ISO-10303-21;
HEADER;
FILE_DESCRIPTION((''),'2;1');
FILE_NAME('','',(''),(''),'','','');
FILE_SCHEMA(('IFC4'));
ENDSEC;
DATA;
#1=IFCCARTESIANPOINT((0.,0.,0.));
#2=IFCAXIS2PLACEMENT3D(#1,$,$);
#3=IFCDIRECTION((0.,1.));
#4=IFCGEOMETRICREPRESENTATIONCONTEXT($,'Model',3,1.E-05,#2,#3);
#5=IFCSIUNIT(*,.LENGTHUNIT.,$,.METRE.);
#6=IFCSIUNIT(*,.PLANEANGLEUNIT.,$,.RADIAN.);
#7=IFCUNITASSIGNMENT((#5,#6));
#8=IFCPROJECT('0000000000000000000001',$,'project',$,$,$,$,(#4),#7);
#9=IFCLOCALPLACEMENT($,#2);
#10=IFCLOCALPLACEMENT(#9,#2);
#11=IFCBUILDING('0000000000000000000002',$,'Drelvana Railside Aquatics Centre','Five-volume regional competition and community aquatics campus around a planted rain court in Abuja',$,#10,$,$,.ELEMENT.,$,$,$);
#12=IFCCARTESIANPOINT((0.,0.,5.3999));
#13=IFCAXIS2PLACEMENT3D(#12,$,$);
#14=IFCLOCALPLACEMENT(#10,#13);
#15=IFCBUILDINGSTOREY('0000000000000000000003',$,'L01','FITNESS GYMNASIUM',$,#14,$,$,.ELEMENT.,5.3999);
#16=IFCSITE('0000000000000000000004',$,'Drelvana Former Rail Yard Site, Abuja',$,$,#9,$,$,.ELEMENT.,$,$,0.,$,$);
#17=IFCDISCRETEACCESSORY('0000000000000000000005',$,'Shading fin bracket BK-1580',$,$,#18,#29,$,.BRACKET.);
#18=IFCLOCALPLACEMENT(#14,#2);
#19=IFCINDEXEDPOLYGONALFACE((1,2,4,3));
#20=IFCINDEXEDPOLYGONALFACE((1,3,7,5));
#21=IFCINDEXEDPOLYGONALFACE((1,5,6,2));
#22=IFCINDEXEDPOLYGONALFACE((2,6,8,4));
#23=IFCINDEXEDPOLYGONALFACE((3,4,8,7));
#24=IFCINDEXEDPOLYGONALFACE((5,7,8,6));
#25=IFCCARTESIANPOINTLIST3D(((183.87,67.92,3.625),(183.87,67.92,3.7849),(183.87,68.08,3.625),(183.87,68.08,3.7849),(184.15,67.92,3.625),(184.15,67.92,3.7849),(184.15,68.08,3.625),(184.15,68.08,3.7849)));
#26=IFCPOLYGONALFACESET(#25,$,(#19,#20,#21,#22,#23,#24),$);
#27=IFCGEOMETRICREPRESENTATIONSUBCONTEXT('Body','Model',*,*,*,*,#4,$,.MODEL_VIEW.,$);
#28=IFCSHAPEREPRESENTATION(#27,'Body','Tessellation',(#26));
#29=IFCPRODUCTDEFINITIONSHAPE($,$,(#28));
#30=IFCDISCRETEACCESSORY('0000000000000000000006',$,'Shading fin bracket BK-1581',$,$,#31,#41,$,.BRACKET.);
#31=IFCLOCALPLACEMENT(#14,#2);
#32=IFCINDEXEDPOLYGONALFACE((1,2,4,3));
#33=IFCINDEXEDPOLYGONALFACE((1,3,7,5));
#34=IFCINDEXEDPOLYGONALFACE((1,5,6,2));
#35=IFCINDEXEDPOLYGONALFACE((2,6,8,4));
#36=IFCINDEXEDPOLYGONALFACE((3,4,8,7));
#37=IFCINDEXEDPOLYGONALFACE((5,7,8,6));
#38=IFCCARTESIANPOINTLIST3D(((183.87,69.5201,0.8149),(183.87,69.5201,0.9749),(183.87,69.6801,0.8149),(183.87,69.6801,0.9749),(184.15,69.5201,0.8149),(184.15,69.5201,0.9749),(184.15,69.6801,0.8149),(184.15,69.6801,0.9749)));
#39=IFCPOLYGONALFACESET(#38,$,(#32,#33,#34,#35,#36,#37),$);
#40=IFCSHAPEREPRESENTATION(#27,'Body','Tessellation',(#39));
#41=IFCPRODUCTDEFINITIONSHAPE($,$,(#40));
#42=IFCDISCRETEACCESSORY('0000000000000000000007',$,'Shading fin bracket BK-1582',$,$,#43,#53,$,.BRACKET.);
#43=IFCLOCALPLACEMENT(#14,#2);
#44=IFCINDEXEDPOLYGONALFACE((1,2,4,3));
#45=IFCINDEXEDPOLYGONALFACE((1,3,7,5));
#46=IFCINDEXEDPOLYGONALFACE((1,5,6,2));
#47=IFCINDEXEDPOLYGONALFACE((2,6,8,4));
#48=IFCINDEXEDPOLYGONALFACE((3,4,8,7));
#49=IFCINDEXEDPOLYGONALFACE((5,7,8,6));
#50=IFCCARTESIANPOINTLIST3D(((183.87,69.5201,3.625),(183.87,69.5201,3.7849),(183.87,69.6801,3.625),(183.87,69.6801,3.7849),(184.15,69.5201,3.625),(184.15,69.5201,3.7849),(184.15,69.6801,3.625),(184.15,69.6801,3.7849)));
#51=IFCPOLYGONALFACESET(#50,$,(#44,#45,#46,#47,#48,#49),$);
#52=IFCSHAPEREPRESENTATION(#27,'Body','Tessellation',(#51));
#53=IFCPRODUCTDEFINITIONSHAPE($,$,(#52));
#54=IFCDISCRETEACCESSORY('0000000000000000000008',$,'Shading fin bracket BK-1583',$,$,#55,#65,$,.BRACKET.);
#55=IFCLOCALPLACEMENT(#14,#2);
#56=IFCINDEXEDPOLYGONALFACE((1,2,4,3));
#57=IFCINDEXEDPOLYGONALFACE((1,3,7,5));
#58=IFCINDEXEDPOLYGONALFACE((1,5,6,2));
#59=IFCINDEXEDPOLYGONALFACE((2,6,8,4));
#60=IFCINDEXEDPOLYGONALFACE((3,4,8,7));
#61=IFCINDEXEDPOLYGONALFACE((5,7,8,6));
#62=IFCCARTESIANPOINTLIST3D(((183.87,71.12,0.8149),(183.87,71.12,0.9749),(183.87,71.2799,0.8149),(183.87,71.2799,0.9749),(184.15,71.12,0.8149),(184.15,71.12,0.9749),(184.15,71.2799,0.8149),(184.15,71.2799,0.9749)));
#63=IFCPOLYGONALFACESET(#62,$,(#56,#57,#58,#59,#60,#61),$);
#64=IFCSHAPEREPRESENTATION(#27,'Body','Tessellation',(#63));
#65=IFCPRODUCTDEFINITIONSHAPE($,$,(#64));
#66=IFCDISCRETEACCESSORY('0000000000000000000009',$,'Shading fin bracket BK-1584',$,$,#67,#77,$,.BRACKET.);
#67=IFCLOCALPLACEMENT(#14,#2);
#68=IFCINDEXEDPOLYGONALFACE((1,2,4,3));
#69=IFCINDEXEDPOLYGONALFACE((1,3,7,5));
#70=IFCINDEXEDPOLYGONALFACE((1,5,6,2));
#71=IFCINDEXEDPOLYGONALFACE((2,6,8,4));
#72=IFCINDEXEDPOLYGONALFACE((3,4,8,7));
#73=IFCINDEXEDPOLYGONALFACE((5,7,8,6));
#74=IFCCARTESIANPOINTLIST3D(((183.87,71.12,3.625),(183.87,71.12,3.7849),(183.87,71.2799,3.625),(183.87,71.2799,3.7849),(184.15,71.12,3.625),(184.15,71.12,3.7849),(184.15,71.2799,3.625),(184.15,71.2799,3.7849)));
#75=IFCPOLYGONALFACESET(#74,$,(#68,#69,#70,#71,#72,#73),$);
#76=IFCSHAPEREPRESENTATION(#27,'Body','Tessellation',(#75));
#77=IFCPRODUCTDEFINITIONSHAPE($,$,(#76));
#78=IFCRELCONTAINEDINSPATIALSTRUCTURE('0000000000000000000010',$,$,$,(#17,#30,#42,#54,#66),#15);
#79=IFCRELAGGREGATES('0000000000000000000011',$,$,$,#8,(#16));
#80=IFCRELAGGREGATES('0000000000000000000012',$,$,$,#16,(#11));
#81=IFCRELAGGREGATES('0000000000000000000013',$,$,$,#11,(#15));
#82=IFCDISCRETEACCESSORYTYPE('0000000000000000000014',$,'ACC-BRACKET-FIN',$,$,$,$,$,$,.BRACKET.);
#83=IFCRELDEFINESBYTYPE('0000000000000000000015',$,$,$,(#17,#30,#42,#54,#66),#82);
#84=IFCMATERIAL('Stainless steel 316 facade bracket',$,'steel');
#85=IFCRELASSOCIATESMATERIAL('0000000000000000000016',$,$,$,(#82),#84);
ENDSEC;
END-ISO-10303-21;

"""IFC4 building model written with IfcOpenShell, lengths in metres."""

from ifc_helpers import new_model, si_unit, direction, frame, origin, origin_2d, place, context, subcontext, project, spatial, rectangle, extrude, material, type_object, element, save


model = new_model("IFC4")

# Units and contexts
model_context = context("Model", 3, precision=1e-05, world=origin(), true_north=direction((0.0, 1.0)))
body_context = subcontext(model_context, "Body", "Model", "MODEL_VIEW")
ifc_project = project(units=[si_unit("LENGTHUNIT", "METRE"), si_unit("PLANEANGLEUNIT", "RADIAN")], contexts=[model_context])

# Site, building, storey
site_placement = place(None, origin())
site = spatial("IfcSite", under=ifc_project, at=site_placement, Name="Drelvana Former Rail Yard Site, Abuja", CompositionType="ELEMENT", RefElevation=0.0)
building_placement = place(site_placement, origin())
building = spatial("IfcBuilding", under=site, at=building_placement, Name="Drelvana Railside Aquatics Centre", Description="Five-volume regional competition and community aquatics campus around a planted rain court in Abuja", CompositionType="ELEMENT")
storey_placement = place(building_placement, frame((0.0, 0.0, 5.3999)))
storey = spatial("IfcBuildingStorey", under=building, at=storey_placement, Name="L01", Description="FITNESS GYMNASIUM", CompositionType="ELEMENT", Elevation=5.3999)

# Discrete accessories
ifc_material_1 = material(Name="Stainless steel 316 facade bracket", Category="steel")
discrete_accessory_type = type_object("IfcDiscreteAccessoryType", Name="ACC-BRACKET-FIN", PredefinedType="BRACKET", material=ifc_material_1)
for number, where, z_axis, x_axis, name in (
    (1, (184.01, 68.0, 3.625), (0.0, 0.0, 1.0), (1.0, 0.0, 0.0), "Shading fin bracket BK-1580"),
    (2, (184.01, 69.6001, 0.8149), (0.0, 0.0, 1.0), (1.0, 0.0, 0.0), "Shading fin bracket BK-1581"),
    (3, (184.01, 69.6001, 3.625), (0.0, 0.0, 1.0), (1.0, 0.0, 0.0), "Shading fin bracket BK-1582"),
    (4, (184.01, 71.2, 0.8149), (0.0, 0.0, 1.0), (1.0, 0.0, 0.0), "Shading fin bracket BK-1583"),
    (5, (184.01, 71.2, 3.625), (0.0, 0.0, 1.0), (1.0, 0.0, 0.0), "Shading fin bracket BK-1584"),
):
    element("IfcDiscreteAccessory", number, at=place(storey_placement, frame(where, z_axis=z_axis, x_axis=x_axis)), inside=storey, type_object=discrete_accessory_type, Name=name, PredefinedType="BRACKET", context=body_context, shape_type="SweptSolid", body=[
        extrude(rectangle(XDim=0.28, YDim=0.1599, at=origin_2d()), origin(), (0.0, 0.0, 1.0), 0.1599),
    ])

save(model, "model.ifc")
